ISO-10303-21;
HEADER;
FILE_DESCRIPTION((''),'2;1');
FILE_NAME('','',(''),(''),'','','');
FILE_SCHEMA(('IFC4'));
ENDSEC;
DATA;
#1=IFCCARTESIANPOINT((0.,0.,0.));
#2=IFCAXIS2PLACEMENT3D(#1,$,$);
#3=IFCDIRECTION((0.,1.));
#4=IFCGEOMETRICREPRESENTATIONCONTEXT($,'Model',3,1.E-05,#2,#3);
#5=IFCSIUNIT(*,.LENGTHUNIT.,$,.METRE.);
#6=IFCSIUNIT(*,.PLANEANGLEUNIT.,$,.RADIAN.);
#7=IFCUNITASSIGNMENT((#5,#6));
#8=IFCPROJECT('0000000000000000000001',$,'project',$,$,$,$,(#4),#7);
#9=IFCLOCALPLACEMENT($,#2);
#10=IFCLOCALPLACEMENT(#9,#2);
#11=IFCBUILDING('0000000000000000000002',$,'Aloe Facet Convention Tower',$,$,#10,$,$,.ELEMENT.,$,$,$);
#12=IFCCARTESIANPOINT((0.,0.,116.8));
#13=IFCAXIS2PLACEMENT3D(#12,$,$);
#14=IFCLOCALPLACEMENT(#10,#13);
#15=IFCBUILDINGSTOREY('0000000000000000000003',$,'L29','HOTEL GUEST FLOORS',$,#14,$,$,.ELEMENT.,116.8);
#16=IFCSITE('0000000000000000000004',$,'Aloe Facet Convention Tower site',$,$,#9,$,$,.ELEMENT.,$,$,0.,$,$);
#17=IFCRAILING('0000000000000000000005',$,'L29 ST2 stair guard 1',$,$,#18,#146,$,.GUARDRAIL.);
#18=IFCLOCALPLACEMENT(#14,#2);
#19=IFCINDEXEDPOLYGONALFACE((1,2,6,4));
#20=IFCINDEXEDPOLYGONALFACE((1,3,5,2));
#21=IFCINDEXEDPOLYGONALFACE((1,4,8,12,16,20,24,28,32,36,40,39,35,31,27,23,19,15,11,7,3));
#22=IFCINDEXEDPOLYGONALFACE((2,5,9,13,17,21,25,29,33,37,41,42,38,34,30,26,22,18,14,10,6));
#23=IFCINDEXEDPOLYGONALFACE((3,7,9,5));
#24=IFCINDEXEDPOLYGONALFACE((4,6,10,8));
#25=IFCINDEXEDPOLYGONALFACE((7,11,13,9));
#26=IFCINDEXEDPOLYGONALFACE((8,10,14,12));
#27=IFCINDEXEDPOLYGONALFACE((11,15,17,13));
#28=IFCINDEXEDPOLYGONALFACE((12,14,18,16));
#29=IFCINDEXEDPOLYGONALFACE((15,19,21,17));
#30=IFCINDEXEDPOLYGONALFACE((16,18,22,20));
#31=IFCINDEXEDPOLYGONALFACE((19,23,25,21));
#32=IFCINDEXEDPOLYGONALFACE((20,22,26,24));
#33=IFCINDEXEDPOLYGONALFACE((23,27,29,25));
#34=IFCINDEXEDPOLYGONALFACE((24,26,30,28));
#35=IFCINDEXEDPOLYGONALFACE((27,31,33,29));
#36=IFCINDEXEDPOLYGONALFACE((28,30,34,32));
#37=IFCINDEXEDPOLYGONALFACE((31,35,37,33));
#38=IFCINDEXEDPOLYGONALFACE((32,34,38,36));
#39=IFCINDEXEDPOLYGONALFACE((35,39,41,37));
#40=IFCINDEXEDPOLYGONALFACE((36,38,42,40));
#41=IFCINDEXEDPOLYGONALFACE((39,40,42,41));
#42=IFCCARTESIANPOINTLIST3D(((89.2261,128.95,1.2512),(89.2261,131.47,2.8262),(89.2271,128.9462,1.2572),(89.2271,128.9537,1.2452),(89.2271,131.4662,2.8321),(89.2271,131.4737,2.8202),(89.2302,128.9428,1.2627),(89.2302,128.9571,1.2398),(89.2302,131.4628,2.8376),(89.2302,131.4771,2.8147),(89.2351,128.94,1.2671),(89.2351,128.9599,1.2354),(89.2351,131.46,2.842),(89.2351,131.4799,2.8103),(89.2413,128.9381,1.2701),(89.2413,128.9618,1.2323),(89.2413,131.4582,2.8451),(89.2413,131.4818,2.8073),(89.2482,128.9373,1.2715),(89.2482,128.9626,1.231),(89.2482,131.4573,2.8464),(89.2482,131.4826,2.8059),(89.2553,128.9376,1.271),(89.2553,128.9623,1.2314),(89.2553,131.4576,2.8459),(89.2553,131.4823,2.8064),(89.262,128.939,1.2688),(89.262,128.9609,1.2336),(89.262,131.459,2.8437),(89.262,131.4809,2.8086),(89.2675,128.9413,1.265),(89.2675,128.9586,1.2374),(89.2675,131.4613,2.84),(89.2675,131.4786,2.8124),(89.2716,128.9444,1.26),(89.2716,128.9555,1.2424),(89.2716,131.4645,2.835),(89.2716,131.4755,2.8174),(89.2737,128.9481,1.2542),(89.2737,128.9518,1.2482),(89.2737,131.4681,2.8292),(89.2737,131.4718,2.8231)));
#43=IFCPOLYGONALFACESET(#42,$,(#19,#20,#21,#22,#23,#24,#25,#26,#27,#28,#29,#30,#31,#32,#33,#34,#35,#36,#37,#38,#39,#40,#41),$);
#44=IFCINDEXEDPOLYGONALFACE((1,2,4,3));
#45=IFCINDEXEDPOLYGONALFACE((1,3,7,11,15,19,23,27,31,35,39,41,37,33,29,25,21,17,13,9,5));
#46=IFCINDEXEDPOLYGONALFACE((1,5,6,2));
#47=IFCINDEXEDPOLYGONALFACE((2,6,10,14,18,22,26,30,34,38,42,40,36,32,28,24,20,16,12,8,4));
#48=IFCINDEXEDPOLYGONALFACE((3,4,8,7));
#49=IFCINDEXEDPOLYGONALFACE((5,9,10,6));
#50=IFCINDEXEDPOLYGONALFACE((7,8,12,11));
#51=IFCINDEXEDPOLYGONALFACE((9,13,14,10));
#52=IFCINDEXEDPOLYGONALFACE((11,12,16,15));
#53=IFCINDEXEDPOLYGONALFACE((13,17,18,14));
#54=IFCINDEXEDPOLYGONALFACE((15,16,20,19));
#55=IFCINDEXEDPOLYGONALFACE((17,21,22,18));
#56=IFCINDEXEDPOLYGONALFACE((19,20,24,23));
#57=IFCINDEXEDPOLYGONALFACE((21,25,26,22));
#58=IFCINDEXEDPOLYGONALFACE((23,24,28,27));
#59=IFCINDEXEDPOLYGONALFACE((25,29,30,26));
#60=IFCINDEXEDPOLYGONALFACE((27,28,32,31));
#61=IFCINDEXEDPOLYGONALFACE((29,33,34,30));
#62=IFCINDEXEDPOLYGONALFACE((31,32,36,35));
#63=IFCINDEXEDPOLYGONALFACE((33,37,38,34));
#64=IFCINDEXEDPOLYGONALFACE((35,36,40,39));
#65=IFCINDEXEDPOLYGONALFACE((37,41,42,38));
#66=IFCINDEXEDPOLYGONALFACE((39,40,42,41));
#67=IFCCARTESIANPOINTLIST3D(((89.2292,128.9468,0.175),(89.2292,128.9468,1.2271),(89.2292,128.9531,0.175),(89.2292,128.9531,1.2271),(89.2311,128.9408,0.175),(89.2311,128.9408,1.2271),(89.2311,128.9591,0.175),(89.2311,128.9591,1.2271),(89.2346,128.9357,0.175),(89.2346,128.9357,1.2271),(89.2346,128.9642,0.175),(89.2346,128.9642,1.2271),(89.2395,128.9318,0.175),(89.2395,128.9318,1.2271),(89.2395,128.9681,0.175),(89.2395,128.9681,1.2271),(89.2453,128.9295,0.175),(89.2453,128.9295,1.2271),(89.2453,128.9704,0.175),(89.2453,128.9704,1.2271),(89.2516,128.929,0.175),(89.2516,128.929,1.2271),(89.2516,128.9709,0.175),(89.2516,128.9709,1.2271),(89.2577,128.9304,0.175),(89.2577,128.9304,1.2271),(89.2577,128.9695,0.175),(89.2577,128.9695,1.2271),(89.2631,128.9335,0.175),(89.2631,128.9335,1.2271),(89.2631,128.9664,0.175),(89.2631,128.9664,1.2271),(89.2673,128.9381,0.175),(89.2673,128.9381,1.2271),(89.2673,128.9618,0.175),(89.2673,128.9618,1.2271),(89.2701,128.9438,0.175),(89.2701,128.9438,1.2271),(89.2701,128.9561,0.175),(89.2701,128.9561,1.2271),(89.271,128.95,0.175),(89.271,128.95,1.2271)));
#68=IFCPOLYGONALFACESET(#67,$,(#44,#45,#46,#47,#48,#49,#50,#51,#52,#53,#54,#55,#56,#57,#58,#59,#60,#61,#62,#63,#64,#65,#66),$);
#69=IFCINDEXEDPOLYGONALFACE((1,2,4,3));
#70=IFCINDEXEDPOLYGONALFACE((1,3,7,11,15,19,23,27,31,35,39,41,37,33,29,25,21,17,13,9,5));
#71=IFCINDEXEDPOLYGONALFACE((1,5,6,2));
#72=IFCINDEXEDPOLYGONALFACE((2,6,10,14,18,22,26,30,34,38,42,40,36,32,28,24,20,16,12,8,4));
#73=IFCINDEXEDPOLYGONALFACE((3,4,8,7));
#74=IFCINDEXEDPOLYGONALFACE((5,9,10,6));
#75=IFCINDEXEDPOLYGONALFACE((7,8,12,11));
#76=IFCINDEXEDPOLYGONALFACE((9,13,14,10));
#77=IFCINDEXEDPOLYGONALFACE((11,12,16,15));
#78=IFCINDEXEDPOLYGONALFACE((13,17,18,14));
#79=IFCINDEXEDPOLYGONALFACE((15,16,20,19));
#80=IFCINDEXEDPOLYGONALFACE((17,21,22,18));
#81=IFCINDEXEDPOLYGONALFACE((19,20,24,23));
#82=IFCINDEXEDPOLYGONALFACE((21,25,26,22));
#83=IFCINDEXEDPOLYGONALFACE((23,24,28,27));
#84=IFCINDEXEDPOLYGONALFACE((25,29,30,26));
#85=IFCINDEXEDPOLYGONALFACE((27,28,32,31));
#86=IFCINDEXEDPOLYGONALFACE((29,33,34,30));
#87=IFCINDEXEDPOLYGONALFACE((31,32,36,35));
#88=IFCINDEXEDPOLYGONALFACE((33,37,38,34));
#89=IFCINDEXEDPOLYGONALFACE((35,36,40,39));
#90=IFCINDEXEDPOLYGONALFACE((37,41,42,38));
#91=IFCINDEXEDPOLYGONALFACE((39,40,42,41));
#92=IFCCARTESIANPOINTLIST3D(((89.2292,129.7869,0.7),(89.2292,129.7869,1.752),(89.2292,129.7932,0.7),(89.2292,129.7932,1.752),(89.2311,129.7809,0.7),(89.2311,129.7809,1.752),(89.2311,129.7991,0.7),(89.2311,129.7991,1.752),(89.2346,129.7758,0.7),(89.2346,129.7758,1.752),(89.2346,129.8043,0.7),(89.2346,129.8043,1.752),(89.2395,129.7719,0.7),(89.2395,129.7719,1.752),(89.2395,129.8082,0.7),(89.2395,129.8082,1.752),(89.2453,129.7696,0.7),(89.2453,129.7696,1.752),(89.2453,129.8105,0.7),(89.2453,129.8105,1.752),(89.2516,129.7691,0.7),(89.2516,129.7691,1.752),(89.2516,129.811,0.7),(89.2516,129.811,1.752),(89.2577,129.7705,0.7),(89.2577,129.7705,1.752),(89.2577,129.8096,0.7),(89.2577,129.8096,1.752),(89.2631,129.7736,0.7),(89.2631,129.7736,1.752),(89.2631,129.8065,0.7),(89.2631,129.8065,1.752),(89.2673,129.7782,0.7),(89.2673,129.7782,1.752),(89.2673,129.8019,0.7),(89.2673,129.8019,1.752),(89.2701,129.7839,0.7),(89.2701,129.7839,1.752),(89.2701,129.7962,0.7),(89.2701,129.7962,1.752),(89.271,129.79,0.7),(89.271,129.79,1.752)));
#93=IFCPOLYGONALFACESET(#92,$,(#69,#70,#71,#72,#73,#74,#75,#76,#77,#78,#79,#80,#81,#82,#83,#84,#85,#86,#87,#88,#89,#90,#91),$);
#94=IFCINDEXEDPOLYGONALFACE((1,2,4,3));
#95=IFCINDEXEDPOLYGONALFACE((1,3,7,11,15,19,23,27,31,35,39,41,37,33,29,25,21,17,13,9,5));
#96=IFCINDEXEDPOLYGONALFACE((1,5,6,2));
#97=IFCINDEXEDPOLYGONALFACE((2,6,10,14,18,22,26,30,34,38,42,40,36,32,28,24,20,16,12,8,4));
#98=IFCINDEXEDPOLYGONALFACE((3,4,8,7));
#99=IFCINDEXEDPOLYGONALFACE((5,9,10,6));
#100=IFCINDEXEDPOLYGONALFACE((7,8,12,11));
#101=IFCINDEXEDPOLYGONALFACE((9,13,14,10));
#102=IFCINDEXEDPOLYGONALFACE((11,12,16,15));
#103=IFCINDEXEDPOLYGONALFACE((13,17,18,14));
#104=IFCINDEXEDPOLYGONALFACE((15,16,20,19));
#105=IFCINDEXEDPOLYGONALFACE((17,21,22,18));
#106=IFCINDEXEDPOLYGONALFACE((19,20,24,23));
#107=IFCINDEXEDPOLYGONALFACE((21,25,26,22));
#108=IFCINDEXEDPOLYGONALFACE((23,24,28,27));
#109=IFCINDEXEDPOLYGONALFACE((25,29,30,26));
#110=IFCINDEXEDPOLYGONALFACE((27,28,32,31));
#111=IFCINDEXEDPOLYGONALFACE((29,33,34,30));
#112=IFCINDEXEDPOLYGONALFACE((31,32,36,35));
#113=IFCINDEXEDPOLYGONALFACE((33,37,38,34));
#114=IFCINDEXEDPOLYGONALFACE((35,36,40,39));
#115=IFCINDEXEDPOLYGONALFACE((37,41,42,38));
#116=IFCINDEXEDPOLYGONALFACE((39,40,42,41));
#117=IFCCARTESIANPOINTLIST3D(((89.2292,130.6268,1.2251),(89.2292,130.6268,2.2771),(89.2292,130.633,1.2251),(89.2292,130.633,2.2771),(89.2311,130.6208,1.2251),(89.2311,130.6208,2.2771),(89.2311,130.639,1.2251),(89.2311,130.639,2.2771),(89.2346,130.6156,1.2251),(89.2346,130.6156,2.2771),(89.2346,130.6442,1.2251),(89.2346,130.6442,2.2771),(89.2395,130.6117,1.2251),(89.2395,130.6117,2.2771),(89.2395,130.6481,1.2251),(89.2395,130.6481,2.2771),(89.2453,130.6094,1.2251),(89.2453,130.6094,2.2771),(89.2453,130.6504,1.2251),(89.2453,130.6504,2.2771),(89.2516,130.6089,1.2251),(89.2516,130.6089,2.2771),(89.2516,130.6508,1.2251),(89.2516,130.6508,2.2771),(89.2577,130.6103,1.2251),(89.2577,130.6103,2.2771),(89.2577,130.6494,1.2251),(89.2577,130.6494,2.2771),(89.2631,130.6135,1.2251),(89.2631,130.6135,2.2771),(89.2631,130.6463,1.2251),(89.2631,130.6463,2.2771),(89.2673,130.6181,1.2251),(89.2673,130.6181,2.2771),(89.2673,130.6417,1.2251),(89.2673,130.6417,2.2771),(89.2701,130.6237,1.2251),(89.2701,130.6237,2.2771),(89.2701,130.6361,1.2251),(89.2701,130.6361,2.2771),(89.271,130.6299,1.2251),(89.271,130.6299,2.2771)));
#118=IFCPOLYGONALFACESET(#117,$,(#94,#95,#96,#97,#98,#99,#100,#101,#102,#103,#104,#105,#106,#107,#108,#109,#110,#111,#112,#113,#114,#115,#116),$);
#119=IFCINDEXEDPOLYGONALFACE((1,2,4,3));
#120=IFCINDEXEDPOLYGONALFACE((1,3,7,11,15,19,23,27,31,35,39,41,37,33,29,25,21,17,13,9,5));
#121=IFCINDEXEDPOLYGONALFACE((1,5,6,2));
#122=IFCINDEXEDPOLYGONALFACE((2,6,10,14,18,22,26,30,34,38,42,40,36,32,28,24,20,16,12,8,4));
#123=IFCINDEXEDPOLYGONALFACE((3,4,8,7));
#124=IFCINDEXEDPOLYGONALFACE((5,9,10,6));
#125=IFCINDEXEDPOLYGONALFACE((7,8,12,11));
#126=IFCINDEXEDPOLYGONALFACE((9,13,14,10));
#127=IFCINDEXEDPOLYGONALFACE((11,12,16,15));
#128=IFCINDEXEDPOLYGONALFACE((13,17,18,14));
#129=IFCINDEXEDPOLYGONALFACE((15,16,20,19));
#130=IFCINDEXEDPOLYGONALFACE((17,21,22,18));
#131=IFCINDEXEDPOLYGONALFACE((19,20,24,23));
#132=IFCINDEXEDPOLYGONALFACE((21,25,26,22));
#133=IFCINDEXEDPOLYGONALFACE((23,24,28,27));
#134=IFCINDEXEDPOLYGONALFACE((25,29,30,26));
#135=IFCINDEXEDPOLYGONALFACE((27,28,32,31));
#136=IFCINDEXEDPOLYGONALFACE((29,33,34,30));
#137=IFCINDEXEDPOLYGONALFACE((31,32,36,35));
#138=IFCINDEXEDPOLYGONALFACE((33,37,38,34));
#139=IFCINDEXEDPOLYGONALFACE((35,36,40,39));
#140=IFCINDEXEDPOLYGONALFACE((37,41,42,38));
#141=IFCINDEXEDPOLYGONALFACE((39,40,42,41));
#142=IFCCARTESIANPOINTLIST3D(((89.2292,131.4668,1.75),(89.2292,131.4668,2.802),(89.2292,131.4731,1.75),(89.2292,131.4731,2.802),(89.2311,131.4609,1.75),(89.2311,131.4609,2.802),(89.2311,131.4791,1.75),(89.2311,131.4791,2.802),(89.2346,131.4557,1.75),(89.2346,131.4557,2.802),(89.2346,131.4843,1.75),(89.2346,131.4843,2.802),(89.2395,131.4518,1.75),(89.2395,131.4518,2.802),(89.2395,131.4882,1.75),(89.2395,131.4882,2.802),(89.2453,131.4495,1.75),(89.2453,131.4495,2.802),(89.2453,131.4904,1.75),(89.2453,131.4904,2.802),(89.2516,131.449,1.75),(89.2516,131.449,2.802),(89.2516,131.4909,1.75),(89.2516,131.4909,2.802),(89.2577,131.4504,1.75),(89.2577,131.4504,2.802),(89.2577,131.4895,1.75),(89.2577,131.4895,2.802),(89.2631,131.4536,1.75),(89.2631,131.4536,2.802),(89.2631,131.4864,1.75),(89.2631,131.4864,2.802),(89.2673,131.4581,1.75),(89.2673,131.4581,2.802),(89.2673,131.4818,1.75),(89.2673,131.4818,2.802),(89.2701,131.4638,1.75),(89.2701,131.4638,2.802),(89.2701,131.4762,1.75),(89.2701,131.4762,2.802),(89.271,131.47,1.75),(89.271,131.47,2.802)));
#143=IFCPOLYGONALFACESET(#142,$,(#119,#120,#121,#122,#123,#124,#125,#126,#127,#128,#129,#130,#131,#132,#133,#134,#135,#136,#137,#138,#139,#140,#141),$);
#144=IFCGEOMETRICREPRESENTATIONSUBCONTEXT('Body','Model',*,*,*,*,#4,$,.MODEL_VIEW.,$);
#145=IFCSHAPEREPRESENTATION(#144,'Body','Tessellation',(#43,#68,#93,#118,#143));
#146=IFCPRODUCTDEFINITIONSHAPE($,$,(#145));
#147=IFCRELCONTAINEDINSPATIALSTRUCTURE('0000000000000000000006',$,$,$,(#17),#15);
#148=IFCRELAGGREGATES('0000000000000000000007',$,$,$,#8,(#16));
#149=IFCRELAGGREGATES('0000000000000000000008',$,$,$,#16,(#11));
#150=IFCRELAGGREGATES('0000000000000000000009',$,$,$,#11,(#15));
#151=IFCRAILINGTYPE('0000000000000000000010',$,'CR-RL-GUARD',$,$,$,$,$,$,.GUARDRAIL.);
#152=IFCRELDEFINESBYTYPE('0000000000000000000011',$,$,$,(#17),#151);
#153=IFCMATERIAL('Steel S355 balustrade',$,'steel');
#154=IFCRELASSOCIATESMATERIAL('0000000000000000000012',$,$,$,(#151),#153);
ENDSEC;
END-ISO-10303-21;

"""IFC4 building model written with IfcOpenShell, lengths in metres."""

from ifc_helpers import new_model, si_unit, direction, frame, origin, origin_2d, place, context, subcontext, project, spatial, circle, extrude, material, type_object, element, save


model = new_model("IFC4")

# Units and contexts
model_context = context("Model", 3, precision=1e-05, world=origin(), true_north=direction((0.0, 1.0)))
body_context = subcontext(model_context, "Body", "Model", "MODEL_VIEW")
ifc_project = project(units=[si_unit("LENGTHUNIT", "METRE"), si_unit("PLANEANGLEUNIT", "RADIAN")], contexts=[model_context])

# Site, building, storey
site_placement = place(None, origin())
site = spatial("IfcSite", under=ifc_project, at=site_placement, Name="Aloe Facet Convention Tower site", CompositionType="ELEMENT", RefElevation=0.0)
building_placement = place(site_placement, origin())
building = spatial("IfcBuilding", under=site, at=building_placement, Name="Aloe Facet Convention Tower", CompositionType="ELEMENT")
storey_placement = place(building_placement, frame((0.0, 0.0, 116.8)))
storey = spatial("IfcBuildingStorey", under=building, at=storey_placement, Name="L29", Description="HOTEL GUEST FLOORS", CompositionType="ELEMENT", Elevation=116.8)

# Railing
ifc_material_1 = material(Name="Steel S355 balustrade", Category="steel")
railing_type_1 = type_object("IfcRailingType", Name="CR-RL-GUARD", PredefinedType="GUARDRAIL", material=ifc_material_1)
railing_1_placement = place(storey_placement, frame((89.25, 128.95, 0.175)))
element("IfcRailing", 1, at=railing_1_placement, inside=storey, type_object=railing_type_1, Name="L29 ST2 stair guard 1", PredefinedType="GUARDRAIL", context=body_context, shape_type="SweptSolid", body=[
    extrude(circle(Radius=0.0239, at=origin_2d()), frame((0.0, 0.0, 1.0762), z_axis=(0.0, 0.848008, 0.529984), x_axis=(-1.0, 0.0, 0.0)), (0.0, 0.0, 1.0), 2.9717),
    extrude(circle(Radius=0.021, at=origin_2d()), origin(), (0.0, 0.0, 1.0), 1.052),
    extrude(circle(Radius=0.021, at=origin_2d()), frame((0.0, 0.8401, 0.5249)), (0.0, 0.0, 1.0), 1.052),
    extrude(circle(Radius=0.021, at=origin_2d()), frame((0.0, 1.6799, 1.05)), (0.0, 0.0, 1.0), 1.052),
    extrude(circle(Radius=0.021, at=origin_2d()), frame((0.0, 2.52, 1.575)), (0.0, 0.0, 1.0), 1.052),
])

save(model, "model.ifc")
